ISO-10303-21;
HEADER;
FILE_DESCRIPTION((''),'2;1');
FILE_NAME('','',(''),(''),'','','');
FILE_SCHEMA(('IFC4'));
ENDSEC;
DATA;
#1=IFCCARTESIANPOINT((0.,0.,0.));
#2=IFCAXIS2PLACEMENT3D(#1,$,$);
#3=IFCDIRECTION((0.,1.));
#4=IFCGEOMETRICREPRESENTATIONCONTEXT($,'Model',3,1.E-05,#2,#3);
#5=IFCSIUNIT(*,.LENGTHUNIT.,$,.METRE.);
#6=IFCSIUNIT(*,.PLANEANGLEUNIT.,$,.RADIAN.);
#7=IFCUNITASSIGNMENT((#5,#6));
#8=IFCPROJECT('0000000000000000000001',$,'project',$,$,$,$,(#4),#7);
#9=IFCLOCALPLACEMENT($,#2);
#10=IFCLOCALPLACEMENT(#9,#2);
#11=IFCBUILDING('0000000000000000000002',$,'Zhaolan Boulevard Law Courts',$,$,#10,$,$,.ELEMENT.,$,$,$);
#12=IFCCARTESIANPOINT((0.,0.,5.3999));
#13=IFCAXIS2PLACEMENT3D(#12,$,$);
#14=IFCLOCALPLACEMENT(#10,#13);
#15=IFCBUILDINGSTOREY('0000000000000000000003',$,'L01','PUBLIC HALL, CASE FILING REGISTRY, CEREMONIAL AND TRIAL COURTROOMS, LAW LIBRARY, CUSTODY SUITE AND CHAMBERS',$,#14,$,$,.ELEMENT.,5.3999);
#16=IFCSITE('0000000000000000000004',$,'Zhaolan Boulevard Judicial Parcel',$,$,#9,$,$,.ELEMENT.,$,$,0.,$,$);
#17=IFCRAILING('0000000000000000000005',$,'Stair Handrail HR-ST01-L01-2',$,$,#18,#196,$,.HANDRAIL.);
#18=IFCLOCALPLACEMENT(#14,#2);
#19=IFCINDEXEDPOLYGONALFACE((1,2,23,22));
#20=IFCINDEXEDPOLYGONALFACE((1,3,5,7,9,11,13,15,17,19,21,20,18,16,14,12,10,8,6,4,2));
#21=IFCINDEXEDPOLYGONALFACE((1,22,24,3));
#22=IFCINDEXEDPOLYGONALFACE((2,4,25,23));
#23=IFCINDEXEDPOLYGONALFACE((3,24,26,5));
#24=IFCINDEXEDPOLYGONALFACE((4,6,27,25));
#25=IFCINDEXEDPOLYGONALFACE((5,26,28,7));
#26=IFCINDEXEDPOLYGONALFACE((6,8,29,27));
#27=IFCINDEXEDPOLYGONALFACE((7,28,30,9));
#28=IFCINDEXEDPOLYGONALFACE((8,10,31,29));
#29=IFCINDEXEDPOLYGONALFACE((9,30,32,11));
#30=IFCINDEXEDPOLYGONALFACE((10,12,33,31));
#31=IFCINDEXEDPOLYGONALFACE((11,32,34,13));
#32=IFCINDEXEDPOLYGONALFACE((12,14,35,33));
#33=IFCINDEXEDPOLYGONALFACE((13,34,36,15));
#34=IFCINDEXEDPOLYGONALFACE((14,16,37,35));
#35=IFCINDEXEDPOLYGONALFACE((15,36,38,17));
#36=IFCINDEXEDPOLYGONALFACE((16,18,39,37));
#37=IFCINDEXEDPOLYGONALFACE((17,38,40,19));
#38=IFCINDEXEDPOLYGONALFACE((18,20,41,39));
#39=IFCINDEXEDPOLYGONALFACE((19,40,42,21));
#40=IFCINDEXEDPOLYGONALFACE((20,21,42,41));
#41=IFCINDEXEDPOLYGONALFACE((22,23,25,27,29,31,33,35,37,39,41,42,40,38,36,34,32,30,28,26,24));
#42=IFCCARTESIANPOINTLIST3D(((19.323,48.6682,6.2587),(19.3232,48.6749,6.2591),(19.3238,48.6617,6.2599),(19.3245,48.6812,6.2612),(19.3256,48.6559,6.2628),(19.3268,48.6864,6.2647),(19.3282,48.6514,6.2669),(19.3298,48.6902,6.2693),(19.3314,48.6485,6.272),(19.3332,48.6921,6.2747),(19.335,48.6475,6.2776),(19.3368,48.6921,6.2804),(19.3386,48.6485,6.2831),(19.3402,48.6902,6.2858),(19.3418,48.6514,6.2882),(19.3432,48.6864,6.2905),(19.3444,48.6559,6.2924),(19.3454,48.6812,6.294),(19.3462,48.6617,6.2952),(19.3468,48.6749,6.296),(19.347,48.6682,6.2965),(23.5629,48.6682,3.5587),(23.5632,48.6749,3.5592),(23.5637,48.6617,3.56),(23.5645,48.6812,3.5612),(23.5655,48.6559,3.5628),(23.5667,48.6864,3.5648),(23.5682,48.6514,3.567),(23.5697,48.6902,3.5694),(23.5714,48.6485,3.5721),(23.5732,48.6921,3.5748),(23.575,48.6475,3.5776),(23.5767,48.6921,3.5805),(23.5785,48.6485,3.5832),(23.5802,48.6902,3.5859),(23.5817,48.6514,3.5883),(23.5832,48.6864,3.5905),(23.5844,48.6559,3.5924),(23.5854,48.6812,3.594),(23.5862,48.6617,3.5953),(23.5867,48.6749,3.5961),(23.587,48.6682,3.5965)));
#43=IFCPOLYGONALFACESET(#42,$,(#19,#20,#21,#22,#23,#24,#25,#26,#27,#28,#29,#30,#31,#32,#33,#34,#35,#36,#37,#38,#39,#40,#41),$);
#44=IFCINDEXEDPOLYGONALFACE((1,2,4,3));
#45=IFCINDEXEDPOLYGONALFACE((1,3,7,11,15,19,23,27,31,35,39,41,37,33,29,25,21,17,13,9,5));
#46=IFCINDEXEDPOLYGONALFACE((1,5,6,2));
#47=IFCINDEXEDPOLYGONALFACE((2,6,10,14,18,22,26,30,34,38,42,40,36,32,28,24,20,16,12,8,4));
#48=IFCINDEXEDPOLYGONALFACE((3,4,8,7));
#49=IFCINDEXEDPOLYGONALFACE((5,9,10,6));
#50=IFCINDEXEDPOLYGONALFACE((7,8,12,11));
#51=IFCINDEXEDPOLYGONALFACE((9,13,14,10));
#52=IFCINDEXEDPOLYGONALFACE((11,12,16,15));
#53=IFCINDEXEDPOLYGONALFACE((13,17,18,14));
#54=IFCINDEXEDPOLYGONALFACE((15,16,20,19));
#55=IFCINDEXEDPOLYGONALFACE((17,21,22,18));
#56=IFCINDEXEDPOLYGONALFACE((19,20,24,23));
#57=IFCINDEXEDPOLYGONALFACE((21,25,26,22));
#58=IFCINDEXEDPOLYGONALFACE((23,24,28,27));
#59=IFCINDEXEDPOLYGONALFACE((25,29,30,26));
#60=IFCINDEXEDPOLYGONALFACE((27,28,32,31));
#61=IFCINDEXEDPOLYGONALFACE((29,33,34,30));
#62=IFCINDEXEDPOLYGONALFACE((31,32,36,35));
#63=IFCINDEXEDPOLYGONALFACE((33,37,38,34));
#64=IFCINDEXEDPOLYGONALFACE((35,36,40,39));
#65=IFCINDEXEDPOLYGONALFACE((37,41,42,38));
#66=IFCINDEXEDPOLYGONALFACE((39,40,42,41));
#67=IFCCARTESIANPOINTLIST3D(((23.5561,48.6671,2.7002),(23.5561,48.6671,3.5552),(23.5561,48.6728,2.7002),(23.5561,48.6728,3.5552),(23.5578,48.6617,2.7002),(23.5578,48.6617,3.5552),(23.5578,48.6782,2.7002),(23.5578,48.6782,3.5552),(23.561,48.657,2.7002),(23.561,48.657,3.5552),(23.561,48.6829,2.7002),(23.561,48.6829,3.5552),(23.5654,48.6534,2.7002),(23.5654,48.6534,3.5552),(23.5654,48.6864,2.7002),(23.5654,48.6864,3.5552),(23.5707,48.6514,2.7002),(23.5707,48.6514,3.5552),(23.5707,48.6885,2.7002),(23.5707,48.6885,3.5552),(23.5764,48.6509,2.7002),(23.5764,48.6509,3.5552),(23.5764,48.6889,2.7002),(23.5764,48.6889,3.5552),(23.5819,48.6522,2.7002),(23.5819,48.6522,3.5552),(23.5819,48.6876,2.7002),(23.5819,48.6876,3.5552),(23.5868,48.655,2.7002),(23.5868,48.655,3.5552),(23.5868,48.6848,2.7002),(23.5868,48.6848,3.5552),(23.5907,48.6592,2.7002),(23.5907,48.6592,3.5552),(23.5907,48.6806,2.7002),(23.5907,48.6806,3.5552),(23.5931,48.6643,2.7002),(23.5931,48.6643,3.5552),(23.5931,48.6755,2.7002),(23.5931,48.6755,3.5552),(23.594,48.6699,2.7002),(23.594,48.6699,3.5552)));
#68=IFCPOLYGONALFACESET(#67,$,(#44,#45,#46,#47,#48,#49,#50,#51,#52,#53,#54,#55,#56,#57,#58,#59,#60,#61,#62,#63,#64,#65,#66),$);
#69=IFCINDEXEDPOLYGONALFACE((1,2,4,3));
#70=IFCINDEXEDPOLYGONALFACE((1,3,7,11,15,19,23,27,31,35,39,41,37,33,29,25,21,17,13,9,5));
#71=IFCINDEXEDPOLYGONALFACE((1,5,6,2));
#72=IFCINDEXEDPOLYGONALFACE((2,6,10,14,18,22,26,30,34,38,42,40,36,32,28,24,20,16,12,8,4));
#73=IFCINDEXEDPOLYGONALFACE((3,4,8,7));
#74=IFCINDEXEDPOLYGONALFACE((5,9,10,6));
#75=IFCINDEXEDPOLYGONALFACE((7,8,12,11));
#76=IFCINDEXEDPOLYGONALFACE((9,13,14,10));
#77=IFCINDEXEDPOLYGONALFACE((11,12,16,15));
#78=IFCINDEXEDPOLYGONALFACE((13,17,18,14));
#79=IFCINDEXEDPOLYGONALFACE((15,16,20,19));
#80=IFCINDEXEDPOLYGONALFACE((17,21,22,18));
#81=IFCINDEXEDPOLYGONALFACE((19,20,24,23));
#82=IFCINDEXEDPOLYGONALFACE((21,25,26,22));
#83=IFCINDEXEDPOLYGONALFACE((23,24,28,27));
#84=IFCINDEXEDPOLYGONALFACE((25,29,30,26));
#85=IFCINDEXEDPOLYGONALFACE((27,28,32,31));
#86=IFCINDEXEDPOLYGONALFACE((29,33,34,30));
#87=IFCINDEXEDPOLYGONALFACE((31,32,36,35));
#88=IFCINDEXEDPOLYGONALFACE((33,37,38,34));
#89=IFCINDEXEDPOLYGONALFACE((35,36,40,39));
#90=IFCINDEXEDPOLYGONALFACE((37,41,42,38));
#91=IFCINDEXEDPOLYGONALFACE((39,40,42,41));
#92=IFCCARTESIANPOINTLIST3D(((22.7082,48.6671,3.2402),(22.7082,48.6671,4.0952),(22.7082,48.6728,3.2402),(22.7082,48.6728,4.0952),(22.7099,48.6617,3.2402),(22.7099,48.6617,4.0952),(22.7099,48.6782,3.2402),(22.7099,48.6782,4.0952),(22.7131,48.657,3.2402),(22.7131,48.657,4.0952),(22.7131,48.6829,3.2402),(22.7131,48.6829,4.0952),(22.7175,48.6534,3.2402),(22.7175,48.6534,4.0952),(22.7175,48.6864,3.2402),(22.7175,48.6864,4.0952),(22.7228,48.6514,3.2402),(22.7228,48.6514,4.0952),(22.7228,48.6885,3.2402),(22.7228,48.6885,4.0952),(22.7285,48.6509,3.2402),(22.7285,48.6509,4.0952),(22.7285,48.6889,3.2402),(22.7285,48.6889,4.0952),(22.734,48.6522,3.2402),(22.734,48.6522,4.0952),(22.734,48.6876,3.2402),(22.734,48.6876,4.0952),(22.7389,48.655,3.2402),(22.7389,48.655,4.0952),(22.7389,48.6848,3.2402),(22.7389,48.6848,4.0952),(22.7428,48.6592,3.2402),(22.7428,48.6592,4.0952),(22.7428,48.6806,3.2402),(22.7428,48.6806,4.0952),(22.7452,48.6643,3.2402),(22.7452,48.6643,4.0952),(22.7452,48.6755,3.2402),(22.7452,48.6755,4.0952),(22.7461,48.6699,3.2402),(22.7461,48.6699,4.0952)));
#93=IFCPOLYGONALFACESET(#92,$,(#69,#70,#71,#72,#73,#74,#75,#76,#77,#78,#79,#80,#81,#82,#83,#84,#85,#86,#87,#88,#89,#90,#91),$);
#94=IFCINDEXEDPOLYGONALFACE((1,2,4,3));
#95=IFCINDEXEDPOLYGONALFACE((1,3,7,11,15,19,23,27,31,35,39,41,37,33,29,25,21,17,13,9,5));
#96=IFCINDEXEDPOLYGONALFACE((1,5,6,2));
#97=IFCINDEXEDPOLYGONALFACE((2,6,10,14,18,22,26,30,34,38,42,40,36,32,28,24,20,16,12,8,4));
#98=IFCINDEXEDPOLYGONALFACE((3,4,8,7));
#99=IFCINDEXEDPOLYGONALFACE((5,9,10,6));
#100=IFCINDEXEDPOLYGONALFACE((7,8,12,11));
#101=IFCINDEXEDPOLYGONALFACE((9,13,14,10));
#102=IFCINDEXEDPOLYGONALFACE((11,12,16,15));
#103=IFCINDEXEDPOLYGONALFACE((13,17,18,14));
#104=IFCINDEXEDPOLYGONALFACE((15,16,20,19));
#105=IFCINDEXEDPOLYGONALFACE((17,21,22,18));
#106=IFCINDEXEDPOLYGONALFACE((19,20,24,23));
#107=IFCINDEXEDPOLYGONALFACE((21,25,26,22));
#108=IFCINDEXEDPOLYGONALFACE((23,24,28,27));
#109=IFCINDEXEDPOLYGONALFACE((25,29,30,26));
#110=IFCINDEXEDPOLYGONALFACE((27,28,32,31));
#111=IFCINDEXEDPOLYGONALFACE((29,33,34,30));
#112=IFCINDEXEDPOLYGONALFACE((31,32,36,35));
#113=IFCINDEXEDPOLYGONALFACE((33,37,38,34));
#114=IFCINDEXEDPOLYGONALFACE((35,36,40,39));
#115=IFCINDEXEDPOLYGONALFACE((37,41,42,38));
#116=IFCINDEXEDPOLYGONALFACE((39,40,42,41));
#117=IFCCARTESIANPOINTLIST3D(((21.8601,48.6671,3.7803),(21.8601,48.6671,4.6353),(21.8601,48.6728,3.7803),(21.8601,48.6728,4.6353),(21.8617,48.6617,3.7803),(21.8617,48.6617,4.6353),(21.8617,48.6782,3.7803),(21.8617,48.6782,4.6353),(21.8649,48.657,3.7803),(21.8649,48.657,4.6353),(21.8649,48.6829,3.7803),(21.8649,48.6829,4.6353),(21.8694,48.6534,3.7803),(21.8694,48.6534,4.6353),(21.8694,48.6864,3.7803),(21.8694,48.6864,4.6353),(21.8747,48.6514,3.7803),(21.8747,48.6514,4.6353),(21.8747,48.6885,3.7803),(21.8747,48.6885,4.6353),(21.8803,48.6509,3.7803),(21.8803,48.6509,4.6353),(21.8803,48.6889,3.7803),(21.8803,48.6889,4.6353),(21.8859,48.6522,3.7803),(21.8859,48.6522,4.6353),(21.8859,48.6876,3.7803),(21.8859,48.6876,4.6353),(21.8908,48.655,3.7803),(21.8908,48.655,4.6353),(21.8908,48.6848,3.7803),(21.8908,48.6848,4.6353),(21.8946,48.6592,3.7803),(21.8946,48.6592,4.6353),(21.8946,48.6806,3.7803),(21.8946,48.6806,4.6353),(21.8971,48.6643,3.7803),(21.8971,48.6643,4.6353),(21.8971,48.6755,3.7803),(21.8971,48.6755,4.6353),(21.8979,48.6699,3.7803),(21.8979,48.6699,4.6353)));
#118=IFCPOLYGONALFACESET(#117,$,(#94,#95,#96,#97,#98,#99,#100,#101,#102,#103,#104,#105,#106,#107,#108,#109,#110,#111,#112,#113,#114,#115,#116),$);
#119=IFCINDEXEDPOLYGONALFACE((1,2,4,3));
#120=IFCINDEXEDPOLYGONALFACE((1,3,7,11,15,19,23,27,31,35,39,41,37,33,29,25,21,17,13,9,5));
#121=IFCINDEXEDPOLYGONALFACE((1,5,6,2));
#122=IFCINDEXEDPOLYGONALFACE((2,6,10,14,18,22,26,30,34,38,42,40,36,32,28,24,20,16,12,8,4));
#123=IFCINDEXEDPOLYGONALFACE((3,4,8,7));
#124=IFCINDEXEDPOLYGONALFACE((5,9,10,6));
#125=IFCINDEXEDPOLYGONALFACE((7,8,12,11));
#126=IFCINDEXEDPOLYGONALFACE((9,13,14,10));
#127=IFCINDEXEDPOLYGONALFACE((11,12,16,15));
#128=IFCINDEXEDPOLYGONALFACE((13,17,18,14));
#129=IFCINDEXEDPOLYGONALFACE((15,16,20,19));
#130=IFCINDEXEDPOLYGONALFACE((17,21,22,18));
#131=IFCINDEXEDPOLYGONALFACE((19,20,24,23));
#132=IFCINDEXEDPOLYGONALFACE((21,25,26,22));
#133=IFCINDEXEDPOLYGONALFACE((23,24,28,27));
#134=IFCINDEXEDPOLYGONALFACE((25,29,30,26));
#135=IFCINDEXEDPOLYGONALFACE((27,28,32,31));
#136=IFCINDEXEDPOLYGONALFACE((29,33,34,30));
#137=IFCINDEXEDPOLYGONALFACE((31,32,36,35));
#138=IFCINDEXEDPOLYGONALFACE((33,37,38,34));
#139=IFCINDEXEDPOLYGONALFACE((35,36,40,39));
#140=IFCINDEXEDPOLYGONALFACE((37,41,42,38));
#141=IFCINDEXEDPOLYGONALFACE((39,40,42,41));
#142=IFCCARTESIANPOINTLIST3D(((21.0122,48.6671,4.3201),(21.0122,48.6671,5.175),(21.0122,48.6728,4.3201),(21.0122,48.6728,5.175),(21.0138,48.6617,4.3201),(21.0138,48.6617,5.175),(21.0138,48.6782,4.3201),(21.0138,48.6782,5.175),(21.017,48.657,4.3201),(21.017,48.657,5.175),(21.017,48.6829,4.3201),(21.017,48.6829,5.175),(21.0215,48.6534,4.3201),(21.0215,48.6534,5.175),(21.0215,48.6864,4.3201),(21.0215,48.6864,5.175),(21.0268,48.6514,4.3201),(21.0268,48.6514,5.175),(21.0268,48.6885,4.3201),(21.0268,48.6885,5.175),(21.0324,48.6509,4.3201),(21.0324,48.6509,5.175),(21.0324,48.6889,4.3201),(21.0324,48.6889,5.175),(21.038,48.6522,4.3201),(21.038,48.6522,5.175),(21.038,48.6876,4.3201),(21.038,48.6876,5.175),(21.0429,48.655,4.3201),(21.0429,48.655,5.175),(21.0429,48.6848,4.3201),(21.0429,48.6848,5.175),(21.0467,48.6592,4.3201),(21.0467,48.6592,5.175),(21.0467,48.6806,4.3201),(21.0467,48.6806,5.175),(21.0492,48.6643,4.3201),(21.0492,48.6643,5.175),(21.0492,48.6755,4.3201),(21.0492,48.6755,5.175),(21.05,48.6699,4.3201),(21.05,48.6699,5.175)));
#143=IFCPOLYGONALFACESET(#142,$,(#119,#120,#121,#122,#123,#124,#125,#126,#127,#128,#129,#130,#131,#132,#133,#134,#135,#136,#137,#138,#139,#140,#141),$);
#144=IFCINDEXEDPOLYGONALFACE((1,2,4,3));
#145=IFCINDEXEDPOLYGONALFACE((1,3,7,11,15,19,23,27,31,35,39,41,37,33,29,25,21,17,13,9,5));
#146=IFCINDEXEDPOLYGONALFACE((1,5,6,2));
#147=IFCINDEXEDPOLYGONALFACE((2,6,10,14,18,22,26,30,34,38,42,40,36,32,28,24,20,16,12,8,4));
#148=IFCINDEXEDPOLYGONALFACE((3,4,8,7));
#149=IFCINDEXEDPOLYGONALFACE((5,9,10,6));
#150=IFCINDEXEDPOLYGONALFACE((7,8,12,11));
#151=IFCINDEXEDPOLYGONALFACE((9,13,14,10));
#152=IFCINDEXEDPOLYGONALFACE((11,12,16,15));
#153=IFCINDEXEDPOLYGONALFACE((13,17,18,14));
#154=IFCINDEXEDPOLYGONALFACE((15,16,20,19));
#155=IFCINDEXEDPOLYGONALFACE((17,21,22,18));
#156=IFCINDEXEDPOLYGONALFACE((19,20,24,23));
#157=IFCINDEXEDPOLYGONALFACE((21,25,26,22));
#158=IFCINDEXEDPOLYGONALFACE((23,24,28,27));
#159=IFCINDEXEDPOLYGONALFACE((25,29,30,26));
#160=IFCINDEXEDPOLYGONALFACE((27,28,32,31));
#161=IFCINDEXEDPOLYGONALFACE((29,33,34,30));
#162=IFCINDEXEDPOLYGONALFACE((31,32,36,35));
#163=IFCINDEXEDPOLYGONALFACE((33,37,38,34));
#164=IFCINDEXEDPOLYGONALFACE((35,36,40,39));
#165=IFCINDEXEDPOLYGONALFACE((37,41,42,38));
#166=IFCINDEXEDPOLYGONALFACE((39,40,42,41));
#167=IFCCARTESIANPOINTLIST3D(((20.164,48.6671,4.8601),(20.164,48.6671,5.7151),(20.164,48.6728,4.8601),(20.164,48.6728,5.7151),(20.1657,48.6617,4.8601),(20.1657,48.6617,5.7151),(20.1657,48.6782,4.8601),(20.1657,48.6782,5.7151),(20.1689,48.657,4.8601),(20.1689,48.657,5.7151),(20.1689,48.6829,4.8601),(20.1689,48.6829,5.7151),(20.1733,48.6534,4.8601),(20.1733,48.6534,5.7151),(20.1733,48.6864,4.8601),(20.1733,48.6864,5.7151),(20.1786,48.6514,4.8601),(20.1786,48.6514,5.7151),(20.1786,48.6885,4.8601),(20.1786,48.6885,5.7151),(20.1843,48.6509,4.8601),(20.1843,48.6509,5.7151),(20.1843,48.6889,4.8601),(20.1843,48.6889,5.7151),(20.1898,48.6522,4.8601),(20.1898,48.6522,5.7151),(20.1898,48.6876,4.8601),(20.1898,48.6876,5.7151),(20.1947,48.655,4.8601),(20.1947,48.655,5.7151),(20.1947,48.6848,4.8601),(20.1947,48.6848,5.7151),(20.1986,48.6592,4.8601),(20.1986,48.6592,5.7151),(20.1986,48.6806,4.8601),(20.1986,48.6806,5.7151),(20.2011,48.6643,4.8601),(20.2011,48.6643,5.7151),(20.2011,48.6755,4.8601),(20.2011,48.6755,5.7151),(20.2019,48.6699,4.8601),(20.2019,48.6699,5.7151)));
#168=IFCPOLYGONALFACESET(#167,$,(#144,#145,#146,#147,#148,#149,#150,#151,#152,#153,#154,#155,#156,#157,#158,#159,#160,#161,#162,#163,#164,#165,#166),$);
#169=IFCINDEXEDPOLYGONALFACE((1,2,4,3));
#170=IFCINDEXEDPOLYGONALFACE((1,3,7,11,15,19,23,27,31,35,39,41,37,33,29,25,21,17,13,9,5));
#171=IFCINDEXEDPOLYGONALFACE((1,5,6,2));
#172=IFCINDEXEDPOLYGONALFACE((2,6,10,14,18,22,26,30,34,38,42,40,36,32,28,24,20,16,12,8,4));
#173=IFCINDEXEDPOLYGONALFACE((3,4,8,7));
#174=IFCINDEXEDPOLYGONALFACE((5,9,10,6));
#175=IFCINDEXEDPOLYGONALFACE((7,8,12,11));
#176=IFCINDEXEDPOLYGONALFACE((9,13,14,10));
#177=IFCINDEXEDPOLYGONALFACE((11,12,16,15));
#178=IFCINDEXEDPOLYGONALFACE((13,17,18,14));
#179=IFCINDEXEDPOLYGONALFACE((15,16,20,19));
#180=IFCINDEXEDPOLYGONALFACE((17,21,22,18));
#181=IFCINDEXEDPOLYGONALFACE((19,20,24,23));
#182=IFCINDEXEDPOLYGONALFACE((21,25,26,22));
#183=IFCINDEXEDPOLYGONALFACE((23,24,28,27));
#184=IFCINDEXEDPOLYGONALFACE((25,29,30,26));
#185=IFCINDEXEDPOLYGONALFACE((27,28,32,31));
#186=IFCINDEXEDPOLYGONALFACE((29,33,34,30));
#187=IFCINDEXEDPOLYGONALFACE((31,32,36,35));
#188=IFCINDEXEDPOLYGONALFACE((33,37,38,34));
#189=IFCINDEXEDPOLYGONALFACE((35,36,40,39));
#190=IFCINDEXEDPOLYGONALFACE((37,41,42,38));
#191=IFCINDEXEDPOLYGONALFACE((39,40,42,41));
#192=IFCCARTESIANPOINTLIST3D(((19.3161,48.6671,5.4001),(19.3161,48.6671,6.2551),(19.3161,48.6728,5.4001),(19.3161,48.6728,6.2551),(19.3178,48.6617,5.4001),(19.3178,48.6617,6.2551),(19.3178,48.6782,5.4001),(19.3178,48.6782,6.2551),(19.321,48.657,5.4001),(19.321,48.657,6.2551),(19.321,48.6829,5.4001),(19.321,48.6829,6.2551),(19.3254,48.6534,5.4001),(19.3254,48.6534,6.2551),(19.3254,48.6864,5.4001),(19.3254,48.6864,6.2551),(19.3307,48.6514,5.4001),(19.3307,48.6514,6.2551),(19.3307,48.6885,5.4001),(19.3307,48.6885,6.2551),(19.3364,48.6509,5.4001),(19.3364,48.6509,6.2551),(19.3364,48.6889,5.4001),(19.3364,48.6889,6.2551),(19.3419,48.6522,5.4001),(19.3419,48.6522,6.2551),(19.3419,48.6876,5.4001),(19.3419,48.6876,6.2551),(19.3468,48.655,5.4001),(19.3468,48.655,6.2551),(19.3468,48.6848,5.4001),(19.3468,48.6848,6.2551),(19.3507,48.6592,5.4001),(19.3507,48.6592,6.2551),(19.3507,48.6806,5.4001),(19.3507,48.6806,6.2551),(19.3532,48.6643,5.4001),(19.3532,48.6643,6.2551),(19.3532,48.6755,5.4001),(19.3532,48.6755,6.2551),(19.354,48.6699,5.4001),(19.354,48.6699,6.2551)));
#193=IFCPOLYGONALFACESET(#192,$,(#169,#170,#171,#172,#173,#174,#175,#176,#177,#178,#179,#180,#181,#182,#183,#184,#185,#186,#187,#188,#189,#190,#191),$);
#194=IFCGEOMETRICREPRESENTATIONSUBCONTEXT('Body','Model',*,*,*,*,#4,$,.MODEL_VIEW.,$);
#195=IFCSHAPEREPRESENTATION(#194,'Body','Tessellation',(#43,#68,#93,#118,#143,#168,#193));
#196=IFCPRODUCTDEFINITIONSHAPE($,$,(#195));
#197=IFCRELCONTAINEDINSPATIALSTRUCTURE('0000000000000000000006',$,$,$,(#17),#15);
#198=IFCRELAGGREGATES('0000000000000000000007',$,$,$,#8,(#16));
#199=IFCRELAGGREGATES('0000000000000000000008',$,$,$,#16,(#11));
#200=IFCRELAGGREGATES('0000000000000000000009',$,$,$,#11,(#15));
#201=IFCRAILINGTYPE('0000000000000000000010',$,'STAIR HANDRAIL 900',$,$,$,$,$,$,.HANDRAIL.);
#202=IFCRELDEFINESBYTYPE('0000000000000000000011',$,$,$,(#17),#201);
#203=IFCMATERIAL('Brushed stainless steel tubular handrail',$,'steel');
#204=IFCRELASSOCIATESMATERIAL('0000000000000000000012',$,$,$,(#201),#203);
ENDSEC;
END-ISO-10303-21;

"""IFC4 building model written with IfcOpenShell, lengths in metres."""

from ifc_helpers import new_model, si_unit, direction, frame, origin, origin_2d, place, context, subcontext, project, spatial, circle, extrude, material, type_object, element, save


model = new_model("IFC4")

# Units and contexts
model_context = context("Model", 3, precision=1e-05, world=origin(), true_north=direction((0.0, 1.0)))
body_context = subcontext(model_context, "Body", "Model", "MODEL_VIEW")
ifc_project = project(units=[si_unit("LENGTHUNIT", "METRE"), si_unit("PLANEANGLEUNIT", "RADIAN")], contexts=[model_context])

# Site, building, storey
site_placement = place(None, origin())
site = spatial("IfcSite", under=ifc_project, at=site_placement, Name="Zhaolan Boulevard Judicial Parcel", CompositionType="ELEMENT", RefElevation=0.0)
building_placement = place(site_placement, origin())
building = spatial("IfcBuilding", under=site, at=building_placement, Name="Zhaolan Boulevard Law Courts", CompositionType="ELEMENT")
storey_placement = place(building_placement, frame((0.0, 0.0, 5.3999)))
storey = spatial("IfcBuildingStorey", under=building, at=storey_placement, Name="L01", Description="PUBLIC HALL, CASE FILING REGISTRY, CEREMONIAL AND TRIAL COURTROOMS, LAW LIBRARY, CUSTODY SUITE AND CHAMBERS", CompositionType="ELEMENT", Elevation=5.3999)

# Railing
ifc_material_1 = material(Name="Brushed stainless steel tubular handrail", Category="steel")
railing_type_1 = type_object("IfcRailingType", Name="STAIR HANDRAIL 900", PredefinedType="HANDRAIL", material=ifc_material_1)
railing_1_placement = place(storey_placement, frame((23.575, 48.6699, 2.7002)))
element("IfcRailing", 1, at=railing_1_placement, inside=storey, type_object=railing_type_1, Name="Stair Handrail HR-ST01-L01-2", PredefinedType="HANDRAIL", context=body_context, shape_type="SweptSolid", body=[
    extrude(circle(Radius=0.0225, at=origin_2d()), frame((0.0, 0.0, 0.8774), z_axis=(-0.843501, 0.0, 0.537127), x_axis=(0.0, -1.0, 0.0)), (0.0, 0.0, 1.0), 5.0266),
    extrude(circle(Radius=0.019, at=origin_2d()), origin(), (0.0, 0.0, 1.0), 0.855),
    extrude(circle(Radius=0.019, at=origin_2d()), frame((-0.8479, 0.0, 0.54)), (0.0, 0.0, 1.0), 0.855),
    extrude(circle(Radius=0.019, at=origin_2d()), frame((-1.696, 0.0, 1.0801)), (0.0, 0.0, 1.0), 0.855),
    extrude(circle(Radius=0.019, at=origin_2d()), frame((-2.5439, 0.0, 1.6199)), (0.0, 0.0, 1.0), 0.855),
    extrude(circle(Radius=0.019, at=origin_2d()), frame((-3.3921, 0.0, 2.1599)), (0.0, 0.0, 1.0), 0.855),
    extrude(circle(Radius=0.019, at=origin_2d()), frame((-4.24, 0.0, 2.7)), (0.0, 0.0, 1.0), 0.855),
])

save(model, "model.ifc")
